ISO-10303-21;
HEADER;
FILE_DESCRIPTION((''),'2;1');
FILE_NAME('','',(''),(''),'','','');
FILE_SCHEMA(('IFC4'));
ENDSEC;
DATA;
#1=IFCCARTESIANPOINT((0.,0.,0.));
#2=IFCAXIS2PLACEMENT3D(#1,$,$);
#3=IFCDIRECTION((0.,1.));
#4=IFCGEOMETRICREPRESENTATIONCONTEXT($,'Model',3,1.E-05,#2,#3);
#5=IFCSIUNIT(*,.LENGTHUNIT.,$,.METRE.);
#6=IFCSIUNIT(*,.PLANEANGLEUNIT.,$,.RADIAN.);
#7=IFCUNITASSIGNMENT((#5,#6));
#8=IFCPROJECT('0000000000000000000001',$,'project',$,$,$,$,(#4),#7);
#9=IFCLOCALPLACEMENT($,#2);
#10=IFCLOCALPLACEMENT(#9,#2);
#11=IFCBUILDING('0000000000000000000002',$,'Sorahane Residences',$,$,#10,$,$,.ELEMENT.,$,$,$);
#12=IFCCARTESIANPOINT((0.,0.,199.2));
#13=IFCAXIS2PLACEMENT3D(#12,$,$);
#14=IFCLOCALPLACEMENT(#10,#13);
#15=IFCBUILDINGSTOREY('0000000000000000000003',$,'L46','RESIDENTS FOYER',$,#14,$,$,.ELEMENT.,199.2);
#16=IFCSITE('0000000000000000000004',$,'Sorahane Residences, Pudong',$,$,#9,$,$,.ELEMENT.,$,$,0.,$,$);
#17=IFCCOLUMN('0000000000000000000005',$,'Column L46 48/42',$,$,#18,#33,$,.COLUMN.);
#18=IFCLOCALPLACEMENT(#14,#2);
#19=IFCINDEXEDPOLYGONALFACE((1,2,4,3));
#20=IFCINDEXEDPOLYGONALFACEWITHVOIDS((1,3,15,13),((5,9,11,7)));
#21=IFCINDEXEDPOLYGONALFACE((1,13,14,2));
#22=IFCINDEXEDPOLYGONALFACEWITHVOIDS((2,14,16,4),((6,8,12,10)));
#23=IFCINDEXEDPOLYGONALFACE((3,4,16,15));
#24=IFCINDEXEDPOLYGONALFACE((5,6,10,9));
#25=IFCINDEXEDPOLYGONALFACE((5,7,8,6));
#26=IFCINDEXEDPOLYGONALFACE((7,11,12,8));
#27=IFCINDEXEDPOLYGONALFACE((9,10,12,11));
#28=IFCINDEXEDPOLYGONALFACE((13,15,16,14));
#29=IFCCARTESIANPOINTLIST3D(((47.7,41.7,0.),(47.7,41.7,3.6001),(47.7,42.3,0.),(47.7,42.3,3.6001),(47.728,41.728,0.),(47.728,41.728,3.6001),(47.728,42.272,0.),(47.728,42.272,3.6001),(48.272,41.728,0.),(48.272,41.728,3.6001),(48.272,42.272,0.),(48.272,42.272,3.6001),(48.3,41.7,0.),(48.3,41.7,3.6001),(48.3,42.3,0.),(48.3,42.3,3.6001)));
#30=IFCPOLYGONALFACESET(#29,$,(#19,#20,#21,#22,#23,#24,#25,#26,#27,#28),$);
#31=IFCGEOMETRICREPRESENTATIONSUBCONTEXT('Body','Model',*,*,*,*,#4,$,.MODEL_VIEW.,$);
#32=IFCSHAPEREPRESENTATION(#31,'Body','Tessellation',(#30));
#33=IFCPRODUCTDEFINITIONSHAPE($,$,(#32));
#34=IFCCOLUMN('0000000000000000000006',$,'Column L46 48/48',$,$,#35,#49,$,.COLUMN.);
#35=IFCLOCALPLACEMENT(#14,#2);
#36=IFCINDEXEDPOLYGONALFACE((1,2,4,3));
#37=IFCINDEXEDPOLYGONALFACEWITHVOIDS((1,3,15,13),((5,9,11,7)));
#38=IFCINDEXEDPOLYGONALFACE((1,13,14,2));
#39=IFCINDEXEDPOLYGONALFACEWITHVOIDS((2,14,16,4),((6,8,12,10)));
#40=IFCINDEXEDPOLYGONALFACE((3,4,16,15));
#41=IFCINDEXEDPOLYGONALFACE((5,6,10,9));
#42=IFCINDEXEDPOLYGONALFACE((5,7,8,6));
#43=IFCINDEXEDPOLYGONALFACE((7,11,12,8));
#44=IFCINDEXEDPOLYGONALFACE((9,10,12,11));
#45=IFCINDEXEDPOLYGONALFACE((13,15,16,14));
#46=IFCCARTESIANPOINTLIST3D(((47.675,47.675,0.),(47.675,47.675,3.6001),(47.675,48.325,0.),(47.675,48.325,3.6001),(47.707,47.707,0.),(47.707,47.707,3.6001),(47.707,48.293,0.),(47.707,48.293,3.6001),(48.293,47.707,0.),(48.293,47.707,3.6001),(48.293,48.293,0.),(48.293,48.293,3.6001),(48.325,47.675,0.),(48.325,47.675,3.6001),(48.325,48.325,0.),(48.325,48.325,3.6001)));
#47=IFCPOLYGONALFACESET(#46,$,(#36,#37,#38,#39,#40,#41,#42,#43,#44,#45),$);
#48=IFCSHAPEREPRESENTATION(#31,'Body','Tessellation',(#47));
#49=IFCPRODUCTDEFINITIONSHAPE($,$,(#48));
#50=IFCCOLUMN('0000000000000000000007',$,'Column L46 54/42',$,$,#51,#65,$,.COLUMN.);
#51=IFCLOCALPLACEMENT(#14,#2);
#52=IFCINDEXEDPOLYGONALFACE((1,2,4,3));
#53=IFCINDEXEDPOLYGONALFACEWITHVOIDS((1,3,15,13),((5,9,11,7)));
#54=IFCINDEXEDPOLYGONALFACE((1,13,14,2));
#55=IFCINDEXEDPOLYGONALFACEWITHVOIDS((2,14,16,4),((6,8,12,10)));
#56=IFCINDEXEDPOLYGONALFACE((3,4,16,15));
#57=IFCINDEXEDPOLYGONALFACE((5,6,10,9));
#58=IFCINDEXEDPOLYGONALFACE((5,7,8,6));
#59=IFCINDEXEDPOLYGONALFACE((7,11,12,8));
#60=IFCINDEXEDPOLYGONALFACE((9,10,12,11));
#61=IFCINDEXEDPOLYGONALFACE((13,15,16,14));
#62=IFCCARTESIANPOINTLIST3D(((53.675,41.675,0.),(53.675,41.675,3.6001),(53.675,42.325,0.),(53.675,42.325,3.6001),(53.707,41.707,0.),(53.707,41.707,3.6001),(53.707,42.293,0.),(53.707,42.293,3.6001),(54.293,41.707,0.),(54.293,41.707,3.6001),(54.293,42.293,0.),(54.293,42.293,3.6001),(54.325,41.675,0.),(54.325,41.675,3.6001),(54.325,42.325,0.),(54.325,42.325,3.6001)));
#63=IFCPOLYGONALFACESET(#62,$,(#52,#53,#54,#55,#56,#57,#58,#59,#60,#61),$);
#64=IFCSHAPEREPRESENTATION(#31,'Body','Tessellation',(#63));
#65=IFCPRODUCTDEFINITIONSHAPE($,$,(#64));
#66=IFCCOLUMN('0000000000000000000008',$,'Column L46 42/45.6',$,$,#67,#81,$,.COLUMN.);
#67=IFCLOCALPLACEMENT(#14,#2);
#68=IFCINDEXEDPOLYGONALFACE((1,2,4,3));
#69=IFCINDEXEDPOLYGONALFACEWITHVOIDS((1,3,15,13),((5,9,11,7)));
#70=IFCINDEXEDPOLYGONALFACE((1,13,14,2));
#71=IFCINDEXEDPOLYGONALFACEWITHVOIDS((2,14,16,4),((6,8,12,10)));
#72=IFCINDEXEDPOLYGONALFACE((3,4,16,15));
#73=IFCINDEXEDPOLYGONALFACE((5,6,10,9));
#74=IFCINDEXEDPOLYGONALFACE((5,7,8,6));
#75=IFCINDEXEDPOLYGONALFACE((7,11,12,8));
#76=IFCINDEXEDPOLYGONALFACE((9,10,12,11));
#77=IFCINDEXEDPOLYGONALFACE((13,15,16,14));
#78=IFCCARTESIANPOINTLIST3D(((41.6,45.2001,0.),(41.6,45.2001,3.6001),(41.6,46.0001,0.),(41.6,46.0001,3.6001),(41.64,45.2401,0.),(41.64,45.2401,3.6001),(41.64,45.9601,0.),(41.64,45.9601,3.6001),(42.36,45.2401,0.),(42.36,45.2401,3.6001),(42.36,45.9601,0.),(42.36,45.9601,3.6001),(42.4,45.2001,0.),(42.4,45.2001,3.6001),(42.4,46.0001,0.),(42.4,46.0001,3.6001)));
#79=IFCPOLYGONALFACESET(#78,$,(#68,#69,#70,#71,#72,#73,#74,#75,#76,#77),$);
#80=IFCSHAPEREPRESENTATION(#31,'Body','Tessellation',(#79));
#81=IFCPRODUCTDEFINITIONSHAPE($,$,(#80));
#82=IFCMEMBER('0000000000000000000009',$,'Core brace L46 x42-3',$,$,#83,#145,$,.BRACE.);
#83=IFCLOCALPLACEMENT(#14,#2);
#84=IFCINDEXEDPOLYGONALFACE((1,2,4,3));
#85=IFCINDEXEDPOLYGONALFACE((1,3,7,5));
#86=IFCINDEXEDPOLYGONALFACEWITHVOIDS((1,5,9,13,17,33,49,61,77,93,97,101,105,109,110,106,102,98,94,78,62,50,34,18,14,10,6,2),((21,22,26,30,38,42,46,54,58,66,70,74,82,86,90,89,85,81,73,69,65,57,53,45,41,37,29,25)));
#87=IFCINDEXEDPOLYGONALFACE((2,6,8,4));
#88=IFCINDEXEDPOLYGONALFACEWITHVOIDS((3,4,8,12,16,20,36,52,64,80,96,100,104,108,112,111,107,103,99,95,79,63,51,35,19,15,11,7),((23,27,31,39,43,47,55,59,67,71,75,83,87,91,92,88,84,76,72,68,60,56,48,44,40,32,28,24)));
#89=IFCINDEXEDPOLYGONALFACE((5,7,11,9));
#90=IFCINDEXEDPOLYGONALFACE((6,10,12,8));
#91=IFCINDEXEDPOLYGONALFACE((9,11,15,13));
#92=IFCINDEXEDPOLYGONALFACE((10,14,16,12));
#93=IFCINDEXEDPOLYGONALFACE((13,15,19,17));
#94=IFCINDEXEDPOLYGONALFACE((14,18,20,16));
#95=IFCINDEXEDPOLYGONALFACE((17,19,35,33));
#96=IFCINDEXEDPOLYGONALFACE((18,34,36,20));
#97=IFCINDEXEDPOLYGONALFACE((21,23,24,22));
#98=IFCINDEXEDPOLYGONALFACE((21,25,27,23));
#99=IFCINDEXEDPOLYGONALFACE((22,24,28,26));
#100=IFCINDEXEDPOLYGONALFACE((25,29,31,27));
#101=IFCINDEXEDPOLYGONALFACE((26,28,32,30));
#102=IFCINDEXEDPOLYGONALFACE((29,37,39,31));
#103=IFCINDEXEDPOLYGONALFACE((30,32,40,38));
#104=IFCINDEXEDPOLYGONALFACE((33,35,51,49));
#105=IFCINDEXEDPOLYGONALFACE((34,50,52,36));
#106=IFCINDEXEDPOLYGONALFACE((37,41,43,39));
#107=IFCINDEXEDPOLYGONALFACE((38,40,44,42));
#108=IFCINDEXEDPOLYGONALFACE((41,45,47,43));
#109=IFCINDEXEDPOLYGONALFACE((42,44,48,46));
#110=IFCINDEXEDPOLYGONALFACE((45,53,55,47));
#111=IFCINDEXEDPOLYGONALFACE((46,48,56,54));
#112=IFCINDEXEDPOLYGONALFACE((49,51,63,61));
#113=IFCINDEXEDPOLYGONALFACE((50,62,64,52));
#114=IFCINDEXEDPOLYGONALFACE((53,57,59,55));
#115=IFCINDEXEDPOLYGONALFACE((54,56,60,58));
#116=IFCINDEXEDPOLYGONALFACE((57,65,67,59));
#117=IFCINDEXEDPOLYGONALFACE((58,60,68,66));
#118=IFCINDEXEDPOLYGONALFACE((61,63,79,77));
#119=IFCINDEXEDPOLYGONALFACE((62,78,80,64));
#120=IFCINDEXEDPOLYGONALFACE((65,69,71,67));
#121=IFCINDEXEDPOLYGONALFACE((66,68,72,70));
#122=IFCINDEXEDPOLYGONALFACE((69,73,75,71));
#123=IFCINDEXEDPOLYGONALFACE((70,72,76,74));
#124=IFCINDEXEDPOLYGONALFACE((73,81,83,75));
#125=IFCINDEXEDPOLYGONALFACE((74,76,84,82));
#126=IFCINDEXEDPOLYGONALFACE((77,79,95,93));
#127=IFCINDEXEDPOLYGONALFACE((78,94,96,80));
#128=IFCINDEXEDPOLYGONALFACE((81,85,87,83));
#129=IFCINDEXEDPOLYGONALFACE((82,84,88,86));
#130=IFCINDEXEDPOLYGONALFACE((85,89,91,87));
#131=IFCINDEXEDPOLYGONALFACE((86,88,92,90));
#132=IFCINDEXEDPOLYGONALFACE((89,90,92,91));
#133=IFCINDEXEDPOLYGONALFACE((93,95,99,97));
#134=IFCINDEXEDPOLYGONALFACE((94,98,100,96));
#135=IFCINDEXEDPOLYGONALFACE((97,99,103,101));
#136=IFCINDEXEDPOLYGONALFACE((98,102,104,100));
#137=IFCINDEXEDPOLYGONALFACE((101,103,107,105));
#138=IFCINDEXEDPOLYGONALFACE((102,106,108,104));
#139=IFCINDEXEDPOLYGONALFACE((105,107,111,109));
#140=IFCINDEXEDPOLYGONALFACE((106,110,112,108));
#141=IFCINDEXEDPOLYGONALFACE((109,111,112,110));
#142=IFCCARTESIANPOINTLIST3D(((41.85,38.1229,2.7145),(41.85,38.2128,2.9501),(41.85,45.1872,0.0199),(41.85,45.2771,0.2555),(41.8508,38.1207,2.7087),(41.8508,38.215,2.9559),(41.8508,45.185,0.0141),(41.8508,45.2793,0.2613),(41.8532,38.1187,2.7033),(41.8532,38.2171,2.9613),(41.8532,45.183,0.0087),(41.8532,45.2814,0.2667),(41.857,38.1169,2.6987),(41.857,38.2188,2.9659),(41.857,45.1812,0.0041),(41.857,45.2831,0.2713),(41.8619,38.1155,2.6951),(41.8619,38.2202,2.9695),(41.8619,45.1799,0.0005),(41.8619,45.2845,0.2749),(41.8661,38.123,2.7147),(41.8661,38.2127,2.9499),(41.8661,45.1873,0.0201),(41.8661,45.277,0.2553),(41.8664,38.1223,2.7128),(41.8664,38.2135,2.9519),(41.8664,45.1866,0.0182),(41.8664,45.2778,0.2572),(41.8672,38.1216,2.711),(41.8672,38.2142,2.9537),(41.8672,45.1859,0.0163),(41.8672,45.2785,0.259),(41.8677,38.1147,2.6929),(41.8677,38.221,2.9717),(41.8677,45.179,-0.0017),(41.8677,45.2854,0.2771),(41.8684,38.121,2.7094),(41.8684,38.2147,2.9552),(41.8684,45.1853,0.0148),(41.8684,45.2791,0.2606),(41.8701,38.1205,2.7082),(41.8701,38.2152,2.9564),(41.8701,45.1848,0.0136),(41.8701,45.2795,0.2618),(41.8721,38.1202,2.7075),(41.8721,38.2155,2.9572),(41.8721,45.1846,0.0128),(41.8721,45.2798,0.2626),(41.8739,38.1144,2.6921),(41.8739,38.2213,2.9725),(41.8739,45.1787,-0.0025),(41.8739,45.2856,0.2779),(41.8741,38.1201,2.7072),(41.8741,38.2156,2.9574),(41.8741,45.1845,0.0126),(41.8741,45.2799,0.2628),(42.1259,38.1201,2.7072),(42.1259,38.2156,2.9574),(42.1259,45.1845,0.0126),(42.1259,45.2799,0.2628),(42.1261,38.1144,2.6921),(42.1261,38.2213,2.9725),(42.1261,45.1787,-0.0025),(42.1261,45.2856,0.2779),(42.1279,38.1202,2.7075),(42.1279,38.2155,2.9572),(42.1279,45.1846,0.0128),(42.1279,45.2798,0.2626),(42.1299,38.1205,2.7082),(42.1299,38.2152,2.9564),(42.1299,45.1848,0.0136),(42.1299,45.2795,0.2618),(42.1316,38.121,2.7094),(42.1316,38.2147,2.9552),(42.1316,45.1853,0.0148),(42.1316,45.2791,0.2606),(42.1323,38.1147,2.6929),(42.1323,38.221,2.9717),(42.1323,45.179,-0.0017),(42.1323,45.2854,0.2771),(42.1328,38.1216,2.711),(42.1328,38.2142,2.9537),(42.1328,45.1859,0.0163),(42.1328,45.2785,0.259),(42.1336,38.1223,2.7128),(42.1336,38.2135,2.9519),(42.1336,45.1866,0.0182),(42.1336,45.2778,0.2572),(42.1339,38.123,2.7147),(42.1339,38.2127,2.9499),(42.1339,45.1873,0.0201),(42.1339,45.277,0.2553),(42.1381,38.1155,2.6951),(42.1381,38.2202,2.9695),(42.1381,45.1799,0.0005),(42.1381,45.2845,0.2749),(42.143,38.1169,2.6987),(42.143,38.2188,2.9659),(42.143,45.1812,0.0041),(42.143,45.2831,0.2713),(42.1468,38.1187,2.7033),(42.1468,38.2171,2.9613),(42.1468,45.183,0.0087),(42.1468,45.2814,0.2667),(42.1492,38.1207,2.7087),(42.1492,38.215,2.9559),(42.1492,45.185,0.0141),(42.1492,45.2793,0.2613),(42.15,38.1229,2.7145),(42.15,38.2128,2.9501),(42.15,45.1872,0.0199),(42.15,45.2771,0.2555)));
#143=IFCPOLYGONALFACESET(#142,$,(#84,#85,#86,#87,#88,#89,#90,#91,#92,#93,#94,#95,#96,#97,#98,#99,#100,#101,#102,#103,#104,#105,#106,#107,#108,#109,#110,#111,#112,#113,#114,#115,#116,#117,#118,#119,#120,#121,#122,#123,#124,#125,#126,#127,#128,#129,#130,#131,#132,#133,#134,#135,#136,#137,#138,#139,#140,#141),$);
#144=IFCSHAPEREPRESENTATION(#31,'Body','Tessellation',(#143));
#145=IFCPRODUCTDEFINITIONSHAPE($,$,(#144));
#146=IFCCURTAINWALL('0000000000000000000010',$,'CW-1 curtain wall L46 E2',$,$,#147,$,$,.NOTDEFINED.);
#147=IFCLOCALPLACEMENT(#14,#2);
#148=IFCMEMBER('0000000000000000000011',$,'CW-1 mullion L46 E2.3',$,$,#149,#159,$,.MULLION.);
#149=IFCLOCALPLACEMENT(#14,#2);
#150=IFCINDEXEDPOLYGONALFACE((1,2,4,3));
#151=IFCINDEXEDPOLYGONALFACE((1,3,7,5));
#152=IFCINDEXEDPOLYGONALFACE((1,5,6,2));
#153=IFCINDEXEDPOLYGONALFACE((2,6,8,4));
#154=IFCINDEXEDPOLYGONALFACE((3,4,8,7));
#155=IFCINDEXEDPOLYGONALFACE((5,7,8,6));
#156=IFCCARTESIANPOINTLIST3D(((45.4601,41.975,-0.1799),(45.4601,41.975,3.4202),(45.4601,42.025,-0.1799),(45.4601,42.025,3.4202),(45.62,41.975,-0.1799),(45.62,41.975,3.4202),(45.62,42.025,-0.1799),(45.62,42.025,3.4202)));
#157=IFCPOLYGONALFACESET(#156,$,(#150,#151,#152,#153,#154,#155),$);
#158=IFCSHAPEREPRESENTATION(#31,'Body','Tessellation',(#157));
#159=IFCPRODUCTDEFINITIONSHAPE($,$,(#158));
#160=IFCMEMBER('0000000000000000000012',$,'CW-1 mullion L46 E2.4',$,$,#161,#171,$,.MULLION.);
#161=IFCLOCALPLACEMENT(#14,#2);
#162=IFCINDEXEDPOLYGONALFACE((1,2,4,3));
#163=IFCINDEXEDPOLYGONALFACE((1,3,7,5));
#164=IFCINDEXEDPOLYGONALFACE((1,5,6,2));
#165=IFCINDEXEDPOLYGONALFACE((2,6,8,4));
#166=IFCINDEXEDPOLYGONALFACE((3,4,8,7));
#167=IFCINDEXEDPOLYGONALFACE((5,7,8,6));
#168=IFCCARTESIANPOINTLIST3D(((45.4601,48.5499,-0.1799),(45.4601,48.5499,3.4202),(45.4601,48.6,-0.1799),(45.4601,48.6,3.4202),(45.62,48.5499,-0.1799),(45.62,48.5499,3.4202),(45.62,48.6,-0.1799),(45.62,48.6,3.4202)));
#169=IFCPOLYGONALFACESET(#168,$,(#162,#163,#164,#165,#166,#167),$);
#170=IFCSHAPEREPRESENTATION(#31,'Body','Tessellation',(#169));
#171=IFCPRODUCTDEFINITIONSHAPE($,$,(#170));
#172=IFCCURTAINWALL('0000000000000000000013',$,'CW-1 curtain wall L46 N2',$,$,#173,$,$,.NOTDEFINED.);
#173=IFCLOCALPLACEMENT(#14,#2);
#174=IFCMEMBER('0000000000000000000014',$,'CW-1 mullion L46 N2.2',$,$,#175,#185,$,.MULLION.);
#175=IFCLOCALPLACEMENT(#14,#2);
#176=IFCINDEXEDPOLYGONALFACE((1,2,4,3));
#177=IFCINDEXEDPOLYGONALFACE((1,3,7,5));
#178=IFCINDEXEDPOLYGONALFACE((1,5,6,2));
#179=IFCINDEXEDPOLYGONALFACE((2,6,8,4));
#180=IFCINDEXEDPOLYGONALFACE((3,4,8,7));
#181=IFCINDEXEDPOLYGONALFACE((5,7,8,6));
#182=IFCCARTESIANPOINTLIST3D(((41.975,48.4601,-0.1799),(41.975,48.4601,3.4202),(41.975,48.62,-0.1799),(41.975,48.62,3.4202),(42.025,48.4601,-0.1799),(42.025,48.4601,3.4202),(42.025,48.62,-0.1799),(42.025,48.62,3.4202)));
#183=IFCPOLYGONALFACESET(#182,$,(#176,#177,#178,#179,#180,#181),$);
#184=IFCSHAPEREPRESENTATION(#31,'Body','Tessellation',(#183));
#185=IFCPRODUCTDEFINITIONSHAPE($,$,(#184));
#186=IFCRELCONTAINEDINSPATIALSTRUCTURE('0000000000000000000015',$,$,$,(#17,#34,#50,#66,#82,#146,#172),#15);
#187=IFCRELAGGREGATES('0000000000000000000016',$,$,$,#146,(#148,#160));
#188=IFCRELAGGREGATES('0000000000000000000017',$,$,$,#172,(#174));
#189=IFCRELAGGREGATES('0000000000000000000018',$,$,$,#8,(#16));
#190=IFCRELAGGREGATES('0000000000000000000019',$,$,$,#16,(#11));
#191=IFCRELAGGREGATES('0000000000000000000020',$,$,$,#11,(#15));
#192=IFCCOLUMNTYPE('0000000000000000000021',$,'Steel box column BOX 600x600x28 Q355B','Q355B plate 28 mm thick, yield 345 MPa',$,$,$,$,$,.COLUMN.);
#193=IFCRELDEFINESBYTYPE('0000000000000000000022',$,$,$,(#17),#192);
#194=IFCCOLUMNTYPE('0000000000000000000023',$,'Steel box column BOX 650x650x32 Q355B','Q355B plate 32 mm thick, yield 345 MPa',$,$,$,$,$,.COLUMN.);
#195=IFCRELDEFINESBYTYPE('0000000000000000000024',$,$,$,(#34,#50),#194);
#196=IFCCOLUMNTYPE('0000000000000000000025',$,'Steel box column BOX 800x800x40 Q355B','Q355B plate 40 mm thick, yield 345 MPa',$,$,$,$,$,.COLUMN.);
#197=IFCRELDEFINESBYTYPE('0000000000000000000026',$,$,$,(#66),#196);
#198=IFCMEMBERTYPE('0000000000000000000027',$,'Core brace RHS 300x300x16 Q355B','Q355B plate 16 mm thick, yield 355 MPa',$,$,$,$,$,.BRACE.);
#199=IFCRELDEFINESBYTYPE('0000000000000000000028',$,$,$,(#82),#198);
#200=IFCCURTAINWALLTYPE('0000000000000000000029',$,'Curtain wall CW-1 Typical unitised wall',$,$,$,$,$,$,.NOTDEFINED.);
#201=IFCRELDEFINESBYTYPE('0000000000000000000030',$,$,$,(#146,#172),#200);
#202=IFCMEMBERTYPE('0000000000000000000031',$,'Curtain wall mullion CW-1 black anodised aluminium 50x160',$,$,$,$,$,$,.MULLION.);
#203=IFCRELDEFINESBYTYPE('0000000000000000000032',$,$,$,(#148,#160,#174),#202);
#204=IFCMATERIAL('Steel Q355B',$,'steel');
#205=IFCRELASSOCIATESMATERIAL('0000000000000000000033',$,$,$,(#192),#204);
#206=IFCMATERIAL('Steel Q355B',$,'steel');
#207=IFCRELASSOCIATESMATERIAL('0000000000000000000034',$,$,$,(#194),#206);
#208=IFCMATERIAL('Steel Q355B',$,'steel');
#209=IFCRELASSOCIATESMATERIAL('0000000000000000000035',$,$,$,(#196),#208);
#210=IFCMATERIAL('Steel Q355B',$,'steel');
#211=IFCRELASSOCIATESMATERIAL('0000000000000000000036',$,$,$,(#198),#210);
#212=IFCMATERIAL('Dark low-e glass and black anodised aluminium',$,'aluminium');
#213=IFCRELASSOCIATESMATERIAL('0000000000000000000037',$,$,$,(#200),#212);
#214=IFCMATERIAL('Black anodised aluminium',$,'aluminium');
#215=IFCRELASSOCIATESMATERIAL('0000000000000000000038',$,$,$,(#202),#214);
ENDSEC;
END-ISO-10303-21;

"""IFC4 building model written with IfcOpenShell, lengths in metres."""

from ifc_helpers import new_model, si_unit, direction, frame, origin, origin_2d, place, context, subcontext, project, spatial, rectangle, hollow_rectangle, extrude, material, material_profile, profile_set, type_object, element, aggregate, save


model = new_model("IFC4")

# Units and contexts
model_context = context("Model", 3, precision=1e-05, world=origin(), true_north=direction((0.0, 1.0)))
body_context = subcontext(model_context, "Body", "Model", "MODEL_VIEW")
ifc_project = project(units=[si_unit("LENGTHUNIT", "METRE"), si_unit("PLANEANGLEUNIT", "RADIAN")], contexts=[model_context])

# Site, building, storey
site_placement = place(None, origin())
site = spatial("IfcSite", under=ifc_project, at=site_placement, Name="Sorahane Residences, Pudong", CompositionType="ELEMENT", RefElevation=0.0)
building_placement = place(site_placement, origin())
building = spatial("IfcBuilding", under=site, at=building_placement, Name="Sorahane Residences", CompositionType="ELEMENT")
storey_placement = place(building_placement, frame((0.0, 0.0, 199.2)))
storey = spatial("IfcBuildingStorey", under=building, at=storey_placement, Name="L46", Description="RESIDENTS FOYER", CompositionType="ELEMENT", Elevation=199.2)

# Columns
ifc_material_1 = material(Name="Steel Q355B", Category="steel")
ifc_material_profile_1 = material_profile(ifc_material_1, hollow_rectangle(XDim=0.6001, YDim=0.6001, WallThickness=0.0281, at=origin_2d()), Name="BOX 600x600x28")
ifc_profile_set_1 = profile_set([ifc_material_profile_1], Name="Steel Q355B")
column_type_1 = type_object("IfcColumnType", Name="Steel box column BOX 600x600x28 Q355B", Description="Q355B plate 28 mm thick, yield 345 MPa", PredefinedType="COLUMN", material=ifc_profile_set_1)
column_1_placement = place(storey_placement, frame((48.0, 42.0, 0.0), z_axis=(0.0, 0.0, 1.0), x_axis=(1.0, 0.0, 0.0)))
element("IfcColumn", 1, at=column_1_placement, inside=storey, type_object=column_type_1, Name="Column L46 48/42", PredefinedType="COLUMN", context=body_context, shape_type="SweptSolid", body=[
    extrude(hollow_rectangle(XDim=0.6001, YDim=0.6001, WallThickness=0.0281, at=origin_2d()), origin(), (0.0, 0.0, 1.0), 3.6001),
])
ifc_material_2 = material(Name="Steel Q355B", Category="steel")
ifc_material_profile_2 = material_profile(ifc_material_2, hollow_rectangle(XDim=0.6499, YDim=0.6499, WallThickness=0.032, at=origin_2d()), Name="BOX 650x650x32")
ifc_profile_set_2 = profile_set([ifc_material_profile_2], Name="Steel Q355B")
column_type_2 = type_object("IfcColumnType", Name="Steel box column BOX 650x650x32 Q355B", Description="Q355B plate 32 mm thick, yield 345 MPa", PredefinedType="COLUMN", material=ifc_profile_set_2)
for number, where, z_axis, x_axis, name in (
    (2, (48.0, 48.0, 0.0), (0.0, 0.0, 1.0), (1.0, 0.0, 0.0), "Column L46 48/48"),
    (3, (54.0, 42.0, 0.0), (0.0, 0.0, 1.0), (1.0, 0.0, 0.0), "Column L46 54/42"),
):
    element("IfcColumn", number, at=place(storey_placement, frame(where, z_axis=z_axis, x_axis=x_axis)), inside=storey, type_object=column_type_2, Name=name, PredefinedType="COLUMN", context=body_context, shape_type="SweptSolid", body=[
        extrude(hollow_rectangle(XDim=0.6499, YDim=0.6499, WallThickness=0.032, at=origin_2d()), origin(), (0.0, 0.0, 1.0), 3.6001),
    ])
ifc_material_3 = material(Name="Steel Q355B", Category="steel")
ifc_material_profile_3 = material_profile(ifc_material_3, hollow_rectangle(XDim=0.8, YDim=0.8, WallThickness=0.04, at=origin_2d()), Name="BOX 800x800x40")
ifc_profile_set_3 = profile_set([ifc_material_profile_3], Name="Steel Q355B")
column_type_3 = type_object("IfcColumnType", Name="Steel box column BOX 800x800x40 Q355B", Description="Q355B plate 40 mm thick, yield 345 MPa", PredefinedType="COLUMN", material=ifc_profile_set_3)
column_2_placement = place(storey_placement, frame((42.0, 45.6001, 0.0), z_axis=(0.0, 0.0, 1.0), x_axis=(1.0, 0.0, 0.0)))
element("IfcColumn", 4, at=column_2_placement, inside=storey, type_object=column_type_3, Name="Column L46 42/45.6", PredefinedType="COLUMN", context=body_context, shape_type="SweptSolid", body=[
    extrude(hollow_rectangle(XDim=0.8, YDim=0.8, WallThickness=0.04, at=origin_2d()), origin(), (0.0, 0.0, 1.0), 3.6001),
])

# Member
ifc_material_4 = material(Name="Steel Q355B", Category="steel")
ifc_material_profile_4 = material_profile(ifc_material_4, hollow_rectangle(XDim=0.3, YDim=0.3, WallThickness=0.0161, InnerFilletRadius=0.0081, OuterFilletRadius=0.0239, at=origin_2d()), Name="RHS 300x300x16")
ifc_profile_set_4 = profile_set([ifc_material_profile_4], Name="Steel Q355B")
member_type_1 = type_object("IfcMemberType", Name="Core brace RHS 300x300x16 Q355B", Description="Q355B plate 16 mm thick, yield 355 MPa", PredefinedType="BRACE", material=ifc_profile_set_4)
member_1_placement = place(storey_placement, frame((42.0, 45.2322, 0.1377), z_axis=(0.0, -0.934336, 0.356394), x_axis=(1.0, 0.0, 0.0)))
element("IfcMember", 5, at=member_1_placement, inside=storey, type_object=member_type_1, Name="Core brace L46 x42-3", PredefinedType="BRACE", context=body_context, shape_type="SweptSolid", body=[
    extrude(hollow_rectangle(XDim=0.3, YDim=0.3, WallThickness=0.0161, InnerFilletRadius=0.0081, OuterFilletRadius=0.0239, at=origin_2d()), origin(), (0.0, 0.0, 1.0), 7.5608),
])

# Curtain walls, members
ifc_material_5 = material(Name="Dark low-e glass and black anodised aluminium", Category="aluminium")
curtain_wall_type = type_object("IfcCurtainWallType", Name="Curtain wall CW-1 Typical unitised wall", PredefinedType="NOTDEFINED", material=ifc_material_5)
curtain_wall_1_placement = place(storey_placement, origin())
curtain_wall_1 = element("IfcCurtainWall", 6, at=curtain_wall_1_placement, inside=storey, type_object=curtain_wall_type, Name="CW-1 curtain wall L46 E2", PredefinedType="NOTDEFINED")
ifc_material_6 = material(Name="Black anodised aluminium", Category="aluminium")
ifc_material_profile_5 = material_profile(ifc_material_6, rectangle(XDim=0.1599, YDim=0.05, at=origin_2d()), Name="Curtain wall mullion CW-1 black anodised aluminium 50x160")
ifc_profile_set_5 = profile_set([ifc_material_profile_5], Name="Black anodised aluminium")
member_type_2 = type_object("IfcMemberType", Name="Curtain wall mullion CW-1 black anodised aluminium 50x160", PredefinedType="MULLION", material=ifc_profile_set_5)
member_2_placement = place(storey_placement, frame((45.54, 42.0, -0.1799), z_axis=(0.0, 0.0, 1.0), x_axis=(1.0, 0.0, 0.0)))
member_2 = element("IfcMember", 7, at=member_2_placement, type_object=member_type_2, Name="CW-1 mullion L46 E2.3", PredefinedType="MULLION", context=body_context, shape_type="SweptSolid", body=[
    extrude(rectangle(XDim=0.1599, YDim=0.05, at=origin_2d()), origin(), (0.0, 0.0, 1.0), 3.6001),
])
member_3_placement = place(storey_placement, frame((45.54, 48.575, -0.1799), z_axis=(0.0, 0.0, 1.0), x_axis=(1.0, 0.0, 0.0)))
member_3 = element("IfcMember", 8, at=member_3_placement, type_object=member_type_2, Name="CW-1 mullion L46 E2.4", PredefinedType="MULLION", context=body_context, shape_type="SweptSolid", body=[
    extrude(rectangle(XDim=0.1599, YDim=0.05, at=origin_2d()), origin(), (0.0, 0.0, 1.0), 3.6001),
])
curtain_wall_2_placement = place(storey_placement, origin())
curtain_wall_2 = element("IfcCurtainWall", 9, at=curtain_wall_2_placement, inside=storey, type_object=curtain_wall_type, Name="CW-1 curtain wall L46 N2", PredefinedType="NOTDEFINED")
member_4_placement = place(storey_placement, frame((42.0, 48.54, -0.1799), z_axis=(0.0, 0.0, 1.0), x_axis=(0.0, 1.0, 0.0)))
member_4 = element("IfcMember", 10, at=member_4_placement, type_object=member_type_2, Name="CW-1 mullion L46 N2.2", PredefinedType="MULLION", context=body_context, shape_type="SweptSolid", body=[
    extrude(rectangle(XDim=0.1599, YDim=0.05, at=origin_2d()), origin(), (0.0, 0.0, 1.0), 3.6001),
])

aggregate(curtain_wall_1, [member_2, member_3])
aggregate(curtain_wall_2, [member_4])

save(model, "model.ifc")
